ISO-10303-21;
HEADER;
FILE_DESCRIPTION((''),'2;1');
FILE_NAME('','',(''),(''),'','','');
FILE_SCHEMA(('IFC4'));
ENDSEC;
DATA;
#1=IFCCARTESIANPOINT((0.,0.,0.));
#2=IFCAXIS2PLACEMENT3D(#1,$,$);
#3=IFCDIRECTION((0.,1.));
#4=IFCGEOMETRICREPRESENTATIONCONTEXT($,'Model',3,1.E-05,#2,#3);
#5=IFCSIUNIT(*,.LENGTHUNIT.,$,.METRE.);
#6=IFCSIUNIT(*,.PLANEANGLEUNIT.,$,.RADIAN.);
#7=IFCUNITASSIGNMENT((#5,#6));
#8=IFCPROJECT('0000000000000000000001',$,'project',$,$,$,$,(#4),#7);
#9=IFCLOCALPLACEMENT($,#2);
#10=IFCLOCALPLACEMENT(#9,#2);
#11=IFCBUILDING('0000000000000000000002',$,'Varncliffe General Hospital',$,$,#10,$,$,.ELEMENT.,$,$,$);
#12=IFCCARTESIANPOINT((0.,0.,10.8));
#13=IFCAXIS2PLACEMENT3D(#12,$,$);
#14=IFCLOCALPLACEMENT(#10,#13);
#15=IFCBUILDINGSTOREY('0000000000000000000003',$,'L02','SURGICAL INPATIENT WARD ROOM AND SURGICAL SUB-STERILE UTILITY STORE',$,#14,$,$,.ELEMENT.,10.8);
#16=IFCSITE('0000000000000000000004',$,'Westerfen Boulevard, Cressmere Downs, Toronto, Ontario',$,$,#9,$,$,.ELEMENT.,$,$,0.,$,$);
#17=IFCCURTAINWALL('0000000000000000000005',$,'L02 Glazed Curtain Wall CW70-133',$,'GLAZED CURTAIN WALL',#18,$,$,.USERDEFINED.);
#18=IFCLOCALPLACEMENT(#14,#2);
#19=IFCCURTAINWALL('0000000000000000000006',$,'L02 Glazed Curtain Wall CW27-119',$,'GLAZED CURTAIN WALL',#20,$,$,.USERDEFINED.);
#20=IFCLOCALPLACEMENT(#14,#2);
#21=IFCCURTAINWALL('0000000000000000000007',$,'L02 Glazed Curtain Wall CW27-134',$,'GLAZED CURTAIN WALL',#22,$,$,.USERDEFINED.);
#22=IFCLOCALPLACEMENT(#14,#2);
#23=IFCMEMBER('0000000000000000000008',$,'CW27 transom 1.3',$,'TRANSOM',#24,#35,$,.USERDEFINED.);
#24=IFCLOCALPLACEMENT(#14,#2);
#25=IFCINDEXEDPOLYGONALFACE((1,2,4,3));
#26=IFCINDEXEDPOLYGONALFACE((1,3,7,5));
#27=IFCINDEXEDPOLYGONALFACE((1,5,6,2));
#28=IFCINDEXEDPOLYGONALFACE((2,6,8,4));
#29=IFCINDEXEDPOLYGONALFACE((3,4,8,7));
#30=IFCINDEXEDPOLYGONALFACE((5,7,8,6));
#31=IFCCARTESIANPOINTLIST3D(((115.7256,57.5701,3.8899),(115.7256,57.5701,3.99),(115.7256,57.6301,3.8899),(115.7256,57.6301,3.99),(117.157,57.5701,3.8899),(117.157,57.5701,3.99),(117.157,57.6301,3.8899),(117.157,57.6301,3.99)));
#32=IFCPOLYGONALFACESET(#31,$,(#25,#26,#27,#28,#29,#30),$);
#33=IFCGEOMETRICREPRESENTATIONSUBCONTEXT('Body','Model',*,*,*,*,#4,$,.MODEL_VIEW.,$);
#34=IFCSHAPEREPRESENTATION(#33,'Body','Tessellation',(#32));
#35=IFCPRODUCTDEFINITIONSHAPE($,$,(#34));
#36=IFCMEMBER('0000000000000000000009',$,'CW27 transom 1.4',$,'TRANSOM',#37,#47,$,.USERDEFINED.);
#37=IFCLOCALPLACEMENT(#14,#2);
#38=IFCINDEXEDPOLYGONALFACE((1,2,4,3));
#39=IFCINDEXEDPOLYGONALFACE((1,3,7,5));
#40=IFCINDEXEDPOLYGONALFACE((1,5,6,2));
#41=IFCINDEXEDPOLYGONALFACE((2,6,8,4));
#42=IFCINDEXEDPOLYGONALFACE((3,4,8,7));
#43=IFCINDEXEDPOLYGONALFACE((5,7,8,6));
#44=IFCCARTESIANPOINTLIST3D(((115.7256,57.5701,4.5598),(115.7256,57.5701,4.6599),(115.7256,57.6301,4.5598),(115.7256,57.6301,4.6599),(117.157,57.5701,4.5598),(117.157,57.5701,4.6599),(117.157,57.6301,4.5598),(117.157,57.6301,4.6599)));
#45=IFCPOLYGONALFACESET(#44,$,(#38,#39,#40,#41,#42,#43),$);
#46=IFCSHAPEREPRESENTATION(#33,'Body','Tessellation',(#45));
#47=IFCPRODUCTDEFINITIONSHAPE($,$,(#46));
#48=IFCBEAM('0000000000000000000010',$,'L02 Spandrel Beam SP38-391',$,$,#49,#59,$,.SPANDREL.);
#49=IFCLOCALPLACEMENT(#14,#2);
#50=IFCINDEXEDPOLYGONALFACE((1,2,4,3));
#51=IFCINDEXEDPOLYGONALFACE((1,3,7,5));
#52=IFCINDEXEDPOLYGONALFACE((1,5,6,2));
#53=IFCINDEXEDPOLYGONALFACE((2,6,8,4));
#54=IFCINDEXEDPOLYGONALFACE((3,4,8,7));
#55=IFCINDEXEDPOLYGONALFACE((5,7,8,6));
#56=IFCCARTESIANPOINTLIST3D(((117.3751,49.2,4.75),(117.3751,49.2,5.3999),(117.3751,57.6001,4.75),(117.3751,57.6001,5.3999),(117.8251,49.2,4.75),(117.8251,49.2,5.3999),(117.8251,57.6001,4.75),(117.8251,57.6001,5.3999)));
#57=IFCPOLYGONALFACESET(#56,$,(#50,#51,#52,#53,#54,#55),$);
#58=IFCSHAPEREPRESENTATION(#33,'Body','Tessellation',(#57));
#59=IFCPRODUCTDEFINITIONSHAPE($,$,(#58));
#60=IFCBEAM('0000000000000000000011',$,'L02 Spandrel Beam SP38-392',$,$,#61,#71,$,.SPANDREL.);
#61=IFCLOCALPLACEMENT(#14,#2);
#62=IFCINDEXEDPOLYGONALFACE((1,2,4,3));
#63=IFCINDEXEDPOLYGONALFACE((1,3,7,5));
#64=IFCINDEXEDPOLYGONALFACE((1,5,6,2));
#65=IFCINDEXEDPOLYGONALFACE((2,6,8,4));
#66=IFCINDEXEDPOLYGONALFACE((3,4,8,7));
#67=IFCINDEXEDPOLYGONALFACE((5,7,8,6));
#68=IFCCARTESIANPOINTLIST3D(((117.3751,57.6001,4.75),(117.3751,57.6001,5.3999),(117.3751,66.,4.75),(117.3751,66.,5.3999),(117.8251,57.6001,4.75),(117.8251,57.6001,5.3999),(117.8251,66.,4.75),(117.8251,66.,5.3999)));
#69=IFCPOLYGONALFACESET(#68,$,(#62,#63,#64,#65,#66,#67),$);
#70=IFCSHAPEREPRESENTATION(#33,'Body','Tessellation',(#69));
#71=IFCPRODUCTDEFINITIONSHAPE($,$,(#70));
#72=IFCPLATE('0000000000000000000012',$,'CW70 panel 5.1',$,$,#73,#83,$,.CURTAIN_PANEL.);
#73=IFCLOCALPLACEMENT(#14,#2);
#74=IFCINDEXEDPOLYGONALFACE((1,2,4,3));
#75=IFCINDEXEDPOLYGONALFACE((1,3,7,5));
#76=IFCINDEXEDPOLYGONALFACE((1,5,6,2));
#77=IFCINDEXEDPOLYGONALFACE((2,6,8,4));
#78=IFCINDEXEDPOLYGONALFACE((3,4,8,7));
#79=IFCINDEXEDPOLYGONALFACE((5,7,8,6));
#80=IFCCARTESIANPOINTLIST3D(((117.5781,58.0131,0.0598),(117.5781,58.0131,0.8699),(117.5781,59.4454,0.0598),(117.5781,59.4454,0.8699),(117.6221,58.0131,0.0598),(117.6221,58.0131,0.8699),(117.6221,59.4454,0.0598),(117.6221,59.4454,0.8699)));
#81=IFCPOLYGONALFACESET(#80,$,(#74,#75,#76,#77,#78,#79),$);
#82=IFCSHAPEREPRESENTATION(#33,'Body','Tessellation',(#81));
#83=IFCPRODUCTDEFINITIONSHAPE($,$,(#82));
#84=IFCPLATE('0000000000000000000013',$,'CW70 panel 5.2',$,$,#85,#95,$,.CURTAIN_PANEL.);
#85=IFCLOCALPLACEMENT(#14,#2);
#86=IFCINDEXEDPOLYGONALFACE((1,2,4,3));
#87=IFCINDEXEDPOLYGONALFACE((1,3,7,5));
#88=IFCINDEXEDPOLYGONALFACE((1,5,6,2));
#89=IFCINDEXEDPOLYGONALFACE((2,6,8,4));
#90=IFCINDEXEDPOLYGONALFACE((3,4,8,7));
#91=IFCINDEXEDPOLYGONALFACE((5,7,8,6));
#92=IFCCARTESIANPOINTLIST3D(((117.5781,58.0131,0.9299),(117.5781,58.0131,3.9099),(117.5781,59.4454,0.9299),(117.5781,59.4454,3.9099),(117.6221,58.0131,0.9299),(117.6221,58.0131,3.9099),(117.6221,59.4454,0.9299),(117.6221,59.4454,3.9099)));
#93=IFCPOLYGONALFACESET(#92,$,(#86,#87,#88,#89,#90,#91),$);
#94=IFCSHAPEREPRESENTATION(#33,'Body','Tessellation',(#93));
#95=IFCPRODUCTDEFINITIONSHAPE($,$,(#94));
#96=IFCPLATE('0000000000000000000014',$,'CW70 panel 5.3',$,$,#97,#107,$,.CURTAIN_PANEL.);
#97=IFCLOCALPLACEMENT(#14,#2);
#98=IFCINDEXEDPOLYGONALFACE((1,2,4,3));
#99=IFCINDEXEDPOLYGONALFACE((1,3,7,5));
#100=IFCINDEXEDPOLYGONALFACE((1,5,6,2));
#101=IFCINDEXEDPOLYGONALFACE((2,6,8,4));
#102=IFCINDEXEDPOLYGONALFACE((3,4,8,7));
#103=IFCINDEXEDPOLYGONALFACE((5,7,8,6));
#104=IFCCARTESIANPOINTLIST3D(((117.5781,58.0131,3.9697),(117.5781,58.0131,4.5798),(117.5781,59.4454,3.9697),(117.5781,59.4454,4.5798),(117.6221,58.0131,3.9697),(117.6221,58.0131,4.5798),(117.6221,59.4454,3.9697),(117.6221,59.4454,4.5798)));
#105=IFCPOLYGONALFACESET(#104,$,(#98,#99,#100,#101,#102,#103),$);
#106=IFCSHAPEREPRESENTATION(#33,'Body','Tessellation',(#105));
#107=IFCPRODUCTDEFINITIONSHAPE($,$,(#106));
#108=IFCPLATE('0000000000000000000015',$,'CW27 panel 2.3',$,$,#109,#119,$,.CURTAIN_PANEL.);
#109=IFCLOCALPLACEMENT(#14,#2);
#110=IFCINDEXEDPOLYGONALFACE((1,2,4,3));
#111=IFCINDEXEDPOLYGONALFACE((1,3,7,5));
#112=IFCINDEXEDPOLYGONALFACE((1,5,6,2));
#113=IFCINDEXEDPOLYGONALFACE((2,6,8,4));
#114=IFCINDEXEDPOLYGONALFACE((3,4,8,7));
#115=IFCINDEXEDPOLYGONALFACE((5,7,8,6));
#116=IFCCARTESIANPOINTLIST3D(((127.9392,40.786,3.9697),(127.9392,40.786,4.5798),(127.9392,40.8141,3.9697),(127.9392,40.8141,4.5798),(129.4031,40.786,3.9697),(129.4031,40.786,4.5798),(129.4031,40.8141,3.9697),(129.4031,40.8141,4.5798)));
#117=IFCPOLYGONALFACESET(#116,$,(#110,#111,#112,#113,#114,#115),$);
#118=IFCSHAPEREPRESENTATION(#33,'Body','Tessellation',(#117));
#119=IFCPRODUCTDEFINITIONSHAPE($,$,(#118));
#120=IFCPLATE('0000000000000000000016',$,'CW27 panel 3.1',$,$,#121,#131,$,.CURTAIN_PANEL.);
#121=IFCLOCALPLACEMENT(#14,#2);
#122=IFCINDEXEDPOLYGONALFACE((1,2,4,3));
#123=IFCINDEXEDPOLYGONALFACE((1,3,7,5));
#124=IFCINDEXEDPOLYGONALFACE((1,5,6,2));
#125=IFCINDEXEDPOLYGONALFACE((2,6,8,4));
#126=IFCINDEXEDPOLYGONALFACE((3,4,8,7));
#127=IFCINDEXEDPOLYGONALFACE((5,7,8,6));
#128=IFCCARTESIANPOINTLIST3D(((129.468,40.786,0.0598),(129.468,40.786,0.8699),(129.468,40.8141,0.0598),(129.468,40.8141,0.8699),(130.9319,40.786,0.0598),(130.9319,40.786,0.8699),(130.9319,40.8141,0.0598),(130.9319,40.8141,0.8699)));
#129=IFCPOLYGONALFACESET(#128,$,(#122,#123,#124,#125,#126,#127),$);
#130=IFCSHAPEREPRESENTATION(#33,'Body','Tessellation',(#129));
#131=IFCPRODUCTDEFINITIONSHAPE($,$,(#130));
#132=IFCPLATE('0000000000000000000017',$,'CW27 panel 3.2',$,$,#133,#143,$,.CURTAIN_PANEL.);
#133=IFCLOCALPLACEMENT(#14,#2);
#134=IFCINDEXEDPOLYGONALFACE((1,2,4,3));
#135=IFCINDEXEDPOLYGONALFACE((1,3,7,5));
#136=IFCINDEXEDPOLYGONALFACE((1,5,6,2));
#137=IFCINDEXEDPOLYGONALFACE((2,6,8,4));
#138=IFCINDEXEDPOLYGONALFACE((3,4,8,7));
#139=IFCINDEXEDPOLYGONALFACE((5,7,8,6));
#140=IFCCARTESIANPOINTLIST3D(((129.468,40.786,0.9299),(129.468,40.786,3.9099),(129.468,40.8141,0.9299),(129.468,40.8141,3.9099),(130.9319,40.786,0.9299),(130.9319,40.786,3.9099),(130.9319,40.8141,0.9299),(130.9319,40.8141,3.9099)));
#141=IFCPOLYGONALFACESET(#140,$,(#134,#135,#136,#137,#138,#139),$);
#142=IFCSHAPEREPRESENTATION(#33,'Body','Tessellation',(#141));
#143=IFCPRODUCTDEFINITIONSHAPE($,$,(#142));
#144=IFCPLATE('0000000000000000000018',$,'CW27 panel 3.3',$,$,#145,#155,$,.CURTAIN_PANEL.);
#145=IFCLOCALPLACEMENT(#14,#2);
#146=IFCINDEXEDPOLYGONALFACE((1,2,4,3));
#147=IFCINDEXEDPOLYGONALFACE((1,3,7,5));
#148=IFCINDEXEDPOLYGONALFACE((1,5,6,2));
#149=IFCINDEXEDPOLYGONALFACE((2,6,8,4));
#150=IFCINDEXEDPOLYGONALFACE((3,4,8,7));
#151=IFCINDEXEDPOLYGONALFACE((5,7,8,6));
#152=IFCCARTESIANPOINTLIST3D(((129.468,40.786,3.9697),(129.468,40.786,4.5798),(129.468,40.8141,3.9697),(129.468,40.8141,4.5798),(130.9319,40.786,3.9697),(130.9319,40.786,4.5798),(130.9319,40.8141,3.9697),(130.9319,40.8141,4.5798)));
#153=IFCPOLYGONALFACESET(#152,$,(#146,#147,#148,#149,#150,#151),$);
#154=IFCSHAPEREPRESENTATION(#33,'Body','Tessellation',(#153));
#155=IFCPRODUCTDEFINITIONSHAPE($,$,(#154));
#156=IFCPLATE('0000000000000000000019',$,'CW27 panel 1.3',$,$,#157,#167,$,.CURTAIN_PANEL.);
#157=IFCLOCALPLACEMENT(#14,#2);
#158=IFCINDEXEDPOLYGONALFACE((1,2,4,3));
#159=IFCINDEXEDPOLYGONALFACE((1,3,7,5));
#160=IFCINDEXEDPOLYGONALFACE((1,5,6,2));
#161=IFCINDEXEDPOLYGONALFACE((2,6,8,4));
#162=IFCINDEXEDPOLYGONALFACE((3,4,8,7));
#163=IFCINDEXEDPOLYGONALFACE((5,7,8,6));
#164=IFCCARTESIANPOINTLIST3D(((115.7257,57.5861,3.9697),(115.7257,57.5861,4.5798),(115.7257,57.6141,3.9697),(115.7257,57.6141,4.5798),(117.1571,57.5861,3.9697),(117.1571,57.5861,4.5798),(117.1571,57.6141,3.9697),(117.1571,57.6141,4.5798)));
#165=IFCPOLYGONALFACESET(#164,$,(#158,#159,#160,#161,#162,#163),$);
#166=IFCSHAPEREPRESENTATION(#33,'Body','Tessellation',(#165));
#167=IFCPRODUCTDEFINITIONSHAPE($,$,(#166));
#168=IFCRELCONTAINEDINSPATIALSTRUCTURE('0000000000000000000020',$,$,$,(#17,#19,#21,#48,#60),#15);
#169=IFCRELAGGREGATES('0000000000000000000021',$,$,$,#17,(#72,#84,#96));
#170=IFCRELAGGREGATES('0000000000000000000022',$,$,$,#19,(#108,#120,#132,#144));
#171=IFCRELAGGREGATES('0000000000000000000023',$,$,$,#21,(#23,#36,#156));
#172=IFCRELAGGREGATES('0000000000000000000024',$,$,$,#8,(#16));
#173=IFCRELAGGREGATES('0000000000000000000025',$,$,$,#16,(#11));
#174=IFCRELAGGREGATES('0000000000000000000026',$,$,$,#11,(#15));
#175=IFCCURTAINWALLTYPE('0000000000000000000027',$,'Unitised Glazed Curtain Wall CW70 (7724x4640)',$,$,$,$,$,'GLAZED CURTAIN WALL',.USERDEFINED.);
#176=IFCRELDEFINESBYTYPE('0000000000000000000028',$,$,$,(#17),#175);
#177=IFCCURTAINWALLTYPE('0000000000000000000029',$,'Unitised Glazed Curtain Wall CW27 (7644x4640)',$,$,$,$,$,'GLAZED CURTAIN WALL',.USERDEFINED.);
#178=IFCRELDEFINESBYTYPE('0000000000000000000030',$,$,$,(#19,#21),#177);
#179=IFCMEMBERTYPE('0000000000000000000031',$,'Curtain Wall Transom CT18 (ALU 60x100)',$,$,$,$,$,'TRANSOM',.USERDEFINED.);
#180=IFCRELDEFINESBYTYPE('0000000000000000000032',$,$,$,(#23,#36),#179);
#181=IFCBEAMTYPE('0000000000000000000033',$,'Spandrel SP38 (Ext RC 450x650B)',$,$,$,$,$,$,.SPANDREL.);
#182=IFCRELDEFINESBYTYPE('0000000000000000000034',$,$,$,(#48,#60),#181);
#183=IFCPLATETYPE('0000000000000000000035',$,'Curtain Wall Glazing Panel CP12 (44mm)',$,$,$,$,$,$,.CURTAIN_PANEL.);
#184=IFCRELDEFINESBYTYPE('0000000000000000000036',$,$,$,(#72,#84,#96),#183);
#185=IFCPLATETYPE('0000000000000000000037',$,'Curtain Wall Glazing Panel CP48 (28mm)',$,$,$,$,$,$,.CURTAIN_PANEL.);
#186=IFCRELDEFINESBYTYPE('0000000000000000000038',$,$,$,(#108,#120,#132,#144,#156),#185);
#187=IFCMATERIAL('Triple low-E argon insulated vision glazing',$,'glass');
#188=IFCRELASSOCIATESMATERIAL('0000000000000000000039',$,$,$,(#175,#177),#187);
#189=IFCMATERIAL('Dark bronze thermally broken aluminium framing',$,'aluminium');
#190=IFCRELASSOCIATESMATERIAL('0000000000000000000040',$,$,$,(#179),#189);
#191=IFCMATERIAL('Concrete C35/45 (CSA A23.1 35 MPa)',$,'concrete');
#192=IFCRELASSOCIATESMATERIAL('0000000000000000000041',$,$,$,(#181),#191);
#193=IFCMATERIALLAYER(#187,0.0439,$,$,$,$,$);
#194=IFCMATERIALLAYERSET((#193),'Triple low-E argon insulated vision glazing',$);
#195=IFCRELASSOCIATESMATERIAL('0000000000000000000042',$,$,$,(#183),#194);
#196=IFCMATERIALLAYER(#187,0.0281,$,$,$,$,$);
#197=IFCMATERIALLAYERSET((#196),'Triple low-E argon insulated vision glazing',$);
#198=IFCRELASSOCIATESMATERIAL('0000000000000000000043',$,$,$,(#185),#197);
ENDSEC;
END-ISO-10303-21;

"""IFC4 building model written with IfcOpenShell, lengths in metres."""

from ifc_helpers import new_model, si_unit, direction, frame, origin, origin_2d, place, context, subcontext, project, spatial, rectangle, extrude, material, layer, layer_set, material_profile, profile_set, type_object, element, aggregate, save


model = new_model("IFC4")

# Units and contexts
model_context = context("Model", 3, precision=1e-05, world=origin(), true_north=direction((0.0, 1.0)))
body_context = subcontext(model_context, "Body", "Model", "MODEL_VIEW")
ifc_project = project(units=[si_unit("LENGTHUNIT", "METRE"), si_unit("PLANEANGLEUNIT", "RADIAN")], contexts=[model_context])

# Site, building, storey
site_placement = place(None, origin())
site = spatial("IfcSite", under=ifc_project, at=site_placement, Name="Westerfen Boulevard, Cressmere Downs, Toronto, Ontario", CompositionType="ELEMENT", RefElevation=0.0)
building_placement = place(site_placement, origin())
building = spatial("IfcBuilding", under=site, at=building_placement, Name="Varncliffe General Hospital", CompositionType="ELEMENT")
storey_placement = place(building_placement, frame((0.0, 0.0, 10.8)))
storey = spatial("IfcBuildingStorey", under=building, at=storey_placement, Name="L02", Description="SURGICAL INPATIENT WARD ROOM AND SURGICAL SUB-STERILE UTILITY STORE", CompositionType="ELEMENT", Elevation=10.8)

# Curtain wall
ifc_material_1 = material(Name="Triple low-E argon insulated vision glazing", Category="glass")
curtain_wall_type_1 = type_object("IfcCurtainWallType", Name="Unitised Glazed Curtain Wall CW70 (7724x4640)", ElementType="GLAZED CURTAIN WALL", PredefinedType="USERDEFINED", material=ifc_material_1)
curtain_wall_1_placement = place(storey_placement, origin())
curtain_wall_1 = element("IfcCurtainWall", 1, at=curtain_wall_1_placement, inside=storey, type_object=curtain_wall_type_1, Name="L02 Glazed Curtain Wall CW70-133", ObjectType="GLAZED CURTAIN WALL", PredefinedType="USERDEFINED")
ifc_material_2 = material(Name="Dark bronze thermally broken aluminium framing", Category="aluminium")

# Curtain wall
curtain_wall_type_2 = type_object("IfcCurtainWallType", Name="Unitised Glazed Curtain Wall CW27 (7644x4640)", ElementType="GLAZED CURTAIN WALL", PredefinedType="USERDEFINED", material=ifc_material_1)
curtain_wall_2_placement = place(storey_placement, origin())
curtain_wall_2 = element("IfcCurtainWall", 2, at=curtain_wall_2_placement, inside=storey, type_object=curtain_wall_type_2, Name="L02 Glazed Curtain Wall CW27-119", ObjectType="GLAZED CURTAIN WALL", PredefinedType="USERDEFINED")

# Curtain wall
curtain_wall_3_placement = place(storey_placement, origin())
curtain_wall_3 = element("IfcCurtainWall", 3, at=curtain_wall_3_placement, inside=storey, type_object=curtain_wall_type_2, Name="L02 Glazed Curtain Wall CW27-134", ObjectType="GLAZED CURTAIN WALL", PredefinedType="USERDEFINED")

# Members
ifc_material_profile_1 = material_profile(ifc_material_2, rectangle(XDim=0.0601, YDim=0.1001, at=origin_2d()), Name="ALU 60x100")
ifc_profile_set_1 = profile_set([ifc_material_profile_1], Name="Dark bronze thermally broken aluminium framing")
member_type_1 = type_object("IfcMemberType", Name="Curtain Wall Transom CT18 (ALU 60x100)", ElementType="TRANSOM", PredefinedType="USERDEFINED", material=ifc_profile_set_1)
member_1_placement = place(storey_placement, frame((117.157, 57.6001, 3.9399), z_axis=(-1.0, 0.0, 0.0), x_axis=(0.0, -1.0, 0.0)))
member_1 = element("IfcMember", 4, at=member_1_placement, type_object=member_type_1, Name="CW27 transom 1.3", ObjectType="TRANSOM", PredefinedType="USERDEFINED", context=body_context, shape_type="SweptSolid", body=[
    extrude(rectangle(XDim=0.0601, YDim=0.1001, at=origin_2d()), origin(), (0.0, 0.0, 1.0), 1.4314),
])
member_2_placement = place(storey_placement, frame((117.157, 57.6001, 4.6099), z_axis=(-1.0, 0.0, 0.0), x_axis=(0.0, -1.0, 0.0)))
member_2 = element("IfcMember", 5, at=member_2_placement, type_object=member_type_1, Name="CW27 transom 1.4", ObjectType="TRANSOM", PredefinedType="USERDEFINED", context=body_context, shape_type="SweptSolid", body=[
    extrude(rectangle(XDim=0.0601, YDim=0.1001, at=origin_2d()), origin(), (0.0, 0.0, 1.0), 1.4314),
])

# Beams
ifc_material_3 = material(Name="Concrete C35/45 (CSA A23.1 35 MPa)", Category="concrete")
ifc_material_profile_2 = material_profile(ifc_material_3, rectangle(XDim=0.45, YDim=0.6499, at=origin_2d()), Name="RC 450x650")
ifc_profile_set_2 = profile_set([ifc_material_profile_2], Name="Concrete C35/45 (CSA A23.1 35 MPa)")
beam_type = type_object("IfcBeamType", Name="Spandrel SP38 (Ext RC 450x650B)", PredefinedType="SPANDREL", material=ifc_profile_set_2)
beam_1_placement = place(storey_placement, frame((117.6001, 49.2, 5.075), z_axis=(0.0, 1.0, 0.0), x_axis=(-1.0, 0.0, 0.0)))
element("IfcBeam", 6, at=beam_1_placement, inside=storey, type_object=beam_type, Name="L02 Spandrel Beam SP38-391", PredefinedType="SPANDREL", context=body_context, shape_type="SweptSolid", body=[
    extrude(rectangle(XDim=0.45, YDim=0.6499, at=origin_2d()), origin(), (0.0, 0.0, 1.0), 8.4001),
])
beam_2_placement = place(storey_placement, frame((117.6001, 57.6001, 5.075), z_axis=(0.0, 1.0, 0.0), x_axis=(-1.0, 0.0, 0.0)))
element("IfcBeam", 7, at=beam_2_placement, inside=storey, type_object=beam_type, Name="L02 Spandrel Beam SP38-392", PredefinedType="SPANDREL", context=body_context, shape_type="SweptSolid", body=[
    extrude(rectangle(XDim=0.45, YDim=0.6499, at=origin_2d()), origin(), (0.0, 0.0, 1.0), 8.3999),
])

# Plates
ifc_layer_1 = layer(ifc_material_1, 0.0439)
ifc_layer_set_1 = layer_set([ifc_layer_1], Name="Triple low-E argon insulated vision glazing")
plate_type_1 = type_object("IfcPlateType", Name="Curtain Wall Glazing Panel CP12 (44mm)", PredefinedType="CURTAIN_PANEL", material=ifc_layer_set_1)
plate_1_placement = place(storey_placement, frame((117.6001, 58.7292, 0.0598), z_axis=(0.0, 0.0, 1.0), x_axis=(0.0, -1.0, 0.0)))
plate_1 = element("IfcPlate", 8, at=plate_1_placement, type_object=plate_type_1, Name="CW70 panel 5.1", PredefinedType="CURTAIN_PANEL", context=body_context, shape_type="SweptSolid", body=[
    extrude(rectangle(XDim=1.4324, YDim=0.0439, at=origin_2d()), origin(), (0.0, 0.0, 1.0), 0.8101),
])
plate_2_placement = place(storey_placement, frame((117.6001, 58.7292, 0.9299), z_axis=(0.0, 0.0, 1.0), x_axis=(0.0, -1.0, 0.0)))
plate_2 = element("IfcPlate", 9, at=plate_2_placement, type_object=plate_type_1, Name="CW70 panel 5.2", PredefinedType="CURTAIN_PANEL", context=body_context, shape_type="SweptSolid", body=[
    extrude(rectangle(XDim=1.4324, YDim=0.0439, at=origin_2d()), origin(), (0.0, 0.0, 1.0), 2.98),
])
plate_3_placement = place(storey_placement, frame((117.6001, 58.7292, 3.9697), z_axis=(0.0, 0.0, 1.0), x_axis=(0.0, -1.0, 0.0)))
plate_3 = element("IfcPlate", 10, at=plate_3_placement, type_object=plate_type_1, Name="CW70 panel 5.3", PredefinedType="CURTAIN_PANEL", context=body_context, shape_type="SweptSolid", body=[
    extrude(rectangle(XDim=1.4324, YDim=0.0439, at=origin_2d()), origin(), (0.0, 0.0, 1.0), 0.6101),
])
aggregate(curtain_wall_1, [plate_1, plate_2, plate_3])
ifc_layer_2 = layer(ifc_material_1, 0.0281)
ifc_layer_set_2 = layer_set([ifc_layer_2], Name="Triple low-E argon insulated vision glazing")
plate_type_2 = type_object("IfcPlateType", Name="Curtain Wall Glazing Panel CP48 (28mm)", PredefinedType="CURTAIN_PANEL", material=ifc_layer_set_2)
plate_4_placement = place(storey_placement, frame((128.6711, 40.8, 3.9697), z_axis=(0.0, 0.0, 1.0), x_axis=(1.0, 0.0, 0.0)))
plate_4 = element("IfcPlate", 11, at=plate_4_placement, type_object=plate_type_2, Name="CW27 panel 2.3", PredefinedType="CURTAIN_PANEL", context=body_context, shape_type="SweptSolid", body=[
    extrude(rectangle(XDim=1.4639, YDim=0.0281, at=origin_2d()), origin(), (0.0, 0.0, 1.0), 0.6101),
])
plate_5_placement = place(storey_placement, frame((130.2, 40.8, 0.0598), z_axis=(0.0, 0.0, 1.0), x_axis=(1.0, 0.0, 0.0)))
plate_5 = element("IfcPlate", 12, at=plate_5_placement, type_object=plate_type_2, Name="CW27 panel 3.1", PredefinedType="CURTAIN_PANEL", context=body_context, shape_type="SweptSolid", body=[
    extrude(rectangle(XDim=1.4639, YDim=0.0281, at=origin_2d()), origin(), (0.0, 0.0, 1.0), 0.8101),
])
plate_6_placement = place(storey_placement, frame((130.2, 40.8, 0.9299), z_axis=(0.0, 0.0, 1.0), x_axis=(1.0, 0.0, 0.0)))
plate_6 = element("IfcPlate", 13, at=plate_6_placement, type_object=plate_type_2, Name="CW27 panel 3.2", PredefinedType="CURTAIN_PANEL", context=body_context, shape_type="SweptSolid", body=[
    extrude(rectangle(XDim=1.4639, YDim=0.0281, at=origin_2d()), origin(), (0.0, 0.0, 1.0), 2.98),
])
plate_7_placement = place(storey_placement, frame((130.2, 40.8, 3.9697), z_axis=(0.0, 0.0, 1.0), x_axis=(1.0, 0.0, 0.0)))
plate_7 = element("IfcPlate", 14, at=plate_7_placement, type_object=plate_type_2, Name="CW27 panel 3.3", PredefinedType="CURTAIN_PANEL", context=body_context, shape_type="SweptSolid", body=[
    extrude(rectangle(XDim=1.4639, YDim=0.0281, at=origin_2d()), origin(), (0.0, 0.0, 1.0), 0.6101),
])
aggregate(curtain_wall_2, [plate_4, plate_5, plate_6, plate_7])
plate_8_placement = place(storey_placement, frame((116.4414, 57.6001, 3.9697), z_axis=(0.0, 0.0, 1.0), x_axis=(-1.0, 0.0, 0.0)))
plate_8 = element("IfcPlate", 15, at=plate_8_placement, type_object=plate_type_2, Name="CW27 panel 1.3", PredefinedType="CURTAIN_PANEL", context=body_context, shape_type="SweptSolid", body=[
    extrude(rectangle(XDim=1.4314, YDim=0.0281, at=origin_2d()), origin(), (0.0, 0.0, 1.0), 0.6101),
])
aggregate(curtain_wall_3, [member_1, member_2, plate_8])

save(model, "model.ifc")
